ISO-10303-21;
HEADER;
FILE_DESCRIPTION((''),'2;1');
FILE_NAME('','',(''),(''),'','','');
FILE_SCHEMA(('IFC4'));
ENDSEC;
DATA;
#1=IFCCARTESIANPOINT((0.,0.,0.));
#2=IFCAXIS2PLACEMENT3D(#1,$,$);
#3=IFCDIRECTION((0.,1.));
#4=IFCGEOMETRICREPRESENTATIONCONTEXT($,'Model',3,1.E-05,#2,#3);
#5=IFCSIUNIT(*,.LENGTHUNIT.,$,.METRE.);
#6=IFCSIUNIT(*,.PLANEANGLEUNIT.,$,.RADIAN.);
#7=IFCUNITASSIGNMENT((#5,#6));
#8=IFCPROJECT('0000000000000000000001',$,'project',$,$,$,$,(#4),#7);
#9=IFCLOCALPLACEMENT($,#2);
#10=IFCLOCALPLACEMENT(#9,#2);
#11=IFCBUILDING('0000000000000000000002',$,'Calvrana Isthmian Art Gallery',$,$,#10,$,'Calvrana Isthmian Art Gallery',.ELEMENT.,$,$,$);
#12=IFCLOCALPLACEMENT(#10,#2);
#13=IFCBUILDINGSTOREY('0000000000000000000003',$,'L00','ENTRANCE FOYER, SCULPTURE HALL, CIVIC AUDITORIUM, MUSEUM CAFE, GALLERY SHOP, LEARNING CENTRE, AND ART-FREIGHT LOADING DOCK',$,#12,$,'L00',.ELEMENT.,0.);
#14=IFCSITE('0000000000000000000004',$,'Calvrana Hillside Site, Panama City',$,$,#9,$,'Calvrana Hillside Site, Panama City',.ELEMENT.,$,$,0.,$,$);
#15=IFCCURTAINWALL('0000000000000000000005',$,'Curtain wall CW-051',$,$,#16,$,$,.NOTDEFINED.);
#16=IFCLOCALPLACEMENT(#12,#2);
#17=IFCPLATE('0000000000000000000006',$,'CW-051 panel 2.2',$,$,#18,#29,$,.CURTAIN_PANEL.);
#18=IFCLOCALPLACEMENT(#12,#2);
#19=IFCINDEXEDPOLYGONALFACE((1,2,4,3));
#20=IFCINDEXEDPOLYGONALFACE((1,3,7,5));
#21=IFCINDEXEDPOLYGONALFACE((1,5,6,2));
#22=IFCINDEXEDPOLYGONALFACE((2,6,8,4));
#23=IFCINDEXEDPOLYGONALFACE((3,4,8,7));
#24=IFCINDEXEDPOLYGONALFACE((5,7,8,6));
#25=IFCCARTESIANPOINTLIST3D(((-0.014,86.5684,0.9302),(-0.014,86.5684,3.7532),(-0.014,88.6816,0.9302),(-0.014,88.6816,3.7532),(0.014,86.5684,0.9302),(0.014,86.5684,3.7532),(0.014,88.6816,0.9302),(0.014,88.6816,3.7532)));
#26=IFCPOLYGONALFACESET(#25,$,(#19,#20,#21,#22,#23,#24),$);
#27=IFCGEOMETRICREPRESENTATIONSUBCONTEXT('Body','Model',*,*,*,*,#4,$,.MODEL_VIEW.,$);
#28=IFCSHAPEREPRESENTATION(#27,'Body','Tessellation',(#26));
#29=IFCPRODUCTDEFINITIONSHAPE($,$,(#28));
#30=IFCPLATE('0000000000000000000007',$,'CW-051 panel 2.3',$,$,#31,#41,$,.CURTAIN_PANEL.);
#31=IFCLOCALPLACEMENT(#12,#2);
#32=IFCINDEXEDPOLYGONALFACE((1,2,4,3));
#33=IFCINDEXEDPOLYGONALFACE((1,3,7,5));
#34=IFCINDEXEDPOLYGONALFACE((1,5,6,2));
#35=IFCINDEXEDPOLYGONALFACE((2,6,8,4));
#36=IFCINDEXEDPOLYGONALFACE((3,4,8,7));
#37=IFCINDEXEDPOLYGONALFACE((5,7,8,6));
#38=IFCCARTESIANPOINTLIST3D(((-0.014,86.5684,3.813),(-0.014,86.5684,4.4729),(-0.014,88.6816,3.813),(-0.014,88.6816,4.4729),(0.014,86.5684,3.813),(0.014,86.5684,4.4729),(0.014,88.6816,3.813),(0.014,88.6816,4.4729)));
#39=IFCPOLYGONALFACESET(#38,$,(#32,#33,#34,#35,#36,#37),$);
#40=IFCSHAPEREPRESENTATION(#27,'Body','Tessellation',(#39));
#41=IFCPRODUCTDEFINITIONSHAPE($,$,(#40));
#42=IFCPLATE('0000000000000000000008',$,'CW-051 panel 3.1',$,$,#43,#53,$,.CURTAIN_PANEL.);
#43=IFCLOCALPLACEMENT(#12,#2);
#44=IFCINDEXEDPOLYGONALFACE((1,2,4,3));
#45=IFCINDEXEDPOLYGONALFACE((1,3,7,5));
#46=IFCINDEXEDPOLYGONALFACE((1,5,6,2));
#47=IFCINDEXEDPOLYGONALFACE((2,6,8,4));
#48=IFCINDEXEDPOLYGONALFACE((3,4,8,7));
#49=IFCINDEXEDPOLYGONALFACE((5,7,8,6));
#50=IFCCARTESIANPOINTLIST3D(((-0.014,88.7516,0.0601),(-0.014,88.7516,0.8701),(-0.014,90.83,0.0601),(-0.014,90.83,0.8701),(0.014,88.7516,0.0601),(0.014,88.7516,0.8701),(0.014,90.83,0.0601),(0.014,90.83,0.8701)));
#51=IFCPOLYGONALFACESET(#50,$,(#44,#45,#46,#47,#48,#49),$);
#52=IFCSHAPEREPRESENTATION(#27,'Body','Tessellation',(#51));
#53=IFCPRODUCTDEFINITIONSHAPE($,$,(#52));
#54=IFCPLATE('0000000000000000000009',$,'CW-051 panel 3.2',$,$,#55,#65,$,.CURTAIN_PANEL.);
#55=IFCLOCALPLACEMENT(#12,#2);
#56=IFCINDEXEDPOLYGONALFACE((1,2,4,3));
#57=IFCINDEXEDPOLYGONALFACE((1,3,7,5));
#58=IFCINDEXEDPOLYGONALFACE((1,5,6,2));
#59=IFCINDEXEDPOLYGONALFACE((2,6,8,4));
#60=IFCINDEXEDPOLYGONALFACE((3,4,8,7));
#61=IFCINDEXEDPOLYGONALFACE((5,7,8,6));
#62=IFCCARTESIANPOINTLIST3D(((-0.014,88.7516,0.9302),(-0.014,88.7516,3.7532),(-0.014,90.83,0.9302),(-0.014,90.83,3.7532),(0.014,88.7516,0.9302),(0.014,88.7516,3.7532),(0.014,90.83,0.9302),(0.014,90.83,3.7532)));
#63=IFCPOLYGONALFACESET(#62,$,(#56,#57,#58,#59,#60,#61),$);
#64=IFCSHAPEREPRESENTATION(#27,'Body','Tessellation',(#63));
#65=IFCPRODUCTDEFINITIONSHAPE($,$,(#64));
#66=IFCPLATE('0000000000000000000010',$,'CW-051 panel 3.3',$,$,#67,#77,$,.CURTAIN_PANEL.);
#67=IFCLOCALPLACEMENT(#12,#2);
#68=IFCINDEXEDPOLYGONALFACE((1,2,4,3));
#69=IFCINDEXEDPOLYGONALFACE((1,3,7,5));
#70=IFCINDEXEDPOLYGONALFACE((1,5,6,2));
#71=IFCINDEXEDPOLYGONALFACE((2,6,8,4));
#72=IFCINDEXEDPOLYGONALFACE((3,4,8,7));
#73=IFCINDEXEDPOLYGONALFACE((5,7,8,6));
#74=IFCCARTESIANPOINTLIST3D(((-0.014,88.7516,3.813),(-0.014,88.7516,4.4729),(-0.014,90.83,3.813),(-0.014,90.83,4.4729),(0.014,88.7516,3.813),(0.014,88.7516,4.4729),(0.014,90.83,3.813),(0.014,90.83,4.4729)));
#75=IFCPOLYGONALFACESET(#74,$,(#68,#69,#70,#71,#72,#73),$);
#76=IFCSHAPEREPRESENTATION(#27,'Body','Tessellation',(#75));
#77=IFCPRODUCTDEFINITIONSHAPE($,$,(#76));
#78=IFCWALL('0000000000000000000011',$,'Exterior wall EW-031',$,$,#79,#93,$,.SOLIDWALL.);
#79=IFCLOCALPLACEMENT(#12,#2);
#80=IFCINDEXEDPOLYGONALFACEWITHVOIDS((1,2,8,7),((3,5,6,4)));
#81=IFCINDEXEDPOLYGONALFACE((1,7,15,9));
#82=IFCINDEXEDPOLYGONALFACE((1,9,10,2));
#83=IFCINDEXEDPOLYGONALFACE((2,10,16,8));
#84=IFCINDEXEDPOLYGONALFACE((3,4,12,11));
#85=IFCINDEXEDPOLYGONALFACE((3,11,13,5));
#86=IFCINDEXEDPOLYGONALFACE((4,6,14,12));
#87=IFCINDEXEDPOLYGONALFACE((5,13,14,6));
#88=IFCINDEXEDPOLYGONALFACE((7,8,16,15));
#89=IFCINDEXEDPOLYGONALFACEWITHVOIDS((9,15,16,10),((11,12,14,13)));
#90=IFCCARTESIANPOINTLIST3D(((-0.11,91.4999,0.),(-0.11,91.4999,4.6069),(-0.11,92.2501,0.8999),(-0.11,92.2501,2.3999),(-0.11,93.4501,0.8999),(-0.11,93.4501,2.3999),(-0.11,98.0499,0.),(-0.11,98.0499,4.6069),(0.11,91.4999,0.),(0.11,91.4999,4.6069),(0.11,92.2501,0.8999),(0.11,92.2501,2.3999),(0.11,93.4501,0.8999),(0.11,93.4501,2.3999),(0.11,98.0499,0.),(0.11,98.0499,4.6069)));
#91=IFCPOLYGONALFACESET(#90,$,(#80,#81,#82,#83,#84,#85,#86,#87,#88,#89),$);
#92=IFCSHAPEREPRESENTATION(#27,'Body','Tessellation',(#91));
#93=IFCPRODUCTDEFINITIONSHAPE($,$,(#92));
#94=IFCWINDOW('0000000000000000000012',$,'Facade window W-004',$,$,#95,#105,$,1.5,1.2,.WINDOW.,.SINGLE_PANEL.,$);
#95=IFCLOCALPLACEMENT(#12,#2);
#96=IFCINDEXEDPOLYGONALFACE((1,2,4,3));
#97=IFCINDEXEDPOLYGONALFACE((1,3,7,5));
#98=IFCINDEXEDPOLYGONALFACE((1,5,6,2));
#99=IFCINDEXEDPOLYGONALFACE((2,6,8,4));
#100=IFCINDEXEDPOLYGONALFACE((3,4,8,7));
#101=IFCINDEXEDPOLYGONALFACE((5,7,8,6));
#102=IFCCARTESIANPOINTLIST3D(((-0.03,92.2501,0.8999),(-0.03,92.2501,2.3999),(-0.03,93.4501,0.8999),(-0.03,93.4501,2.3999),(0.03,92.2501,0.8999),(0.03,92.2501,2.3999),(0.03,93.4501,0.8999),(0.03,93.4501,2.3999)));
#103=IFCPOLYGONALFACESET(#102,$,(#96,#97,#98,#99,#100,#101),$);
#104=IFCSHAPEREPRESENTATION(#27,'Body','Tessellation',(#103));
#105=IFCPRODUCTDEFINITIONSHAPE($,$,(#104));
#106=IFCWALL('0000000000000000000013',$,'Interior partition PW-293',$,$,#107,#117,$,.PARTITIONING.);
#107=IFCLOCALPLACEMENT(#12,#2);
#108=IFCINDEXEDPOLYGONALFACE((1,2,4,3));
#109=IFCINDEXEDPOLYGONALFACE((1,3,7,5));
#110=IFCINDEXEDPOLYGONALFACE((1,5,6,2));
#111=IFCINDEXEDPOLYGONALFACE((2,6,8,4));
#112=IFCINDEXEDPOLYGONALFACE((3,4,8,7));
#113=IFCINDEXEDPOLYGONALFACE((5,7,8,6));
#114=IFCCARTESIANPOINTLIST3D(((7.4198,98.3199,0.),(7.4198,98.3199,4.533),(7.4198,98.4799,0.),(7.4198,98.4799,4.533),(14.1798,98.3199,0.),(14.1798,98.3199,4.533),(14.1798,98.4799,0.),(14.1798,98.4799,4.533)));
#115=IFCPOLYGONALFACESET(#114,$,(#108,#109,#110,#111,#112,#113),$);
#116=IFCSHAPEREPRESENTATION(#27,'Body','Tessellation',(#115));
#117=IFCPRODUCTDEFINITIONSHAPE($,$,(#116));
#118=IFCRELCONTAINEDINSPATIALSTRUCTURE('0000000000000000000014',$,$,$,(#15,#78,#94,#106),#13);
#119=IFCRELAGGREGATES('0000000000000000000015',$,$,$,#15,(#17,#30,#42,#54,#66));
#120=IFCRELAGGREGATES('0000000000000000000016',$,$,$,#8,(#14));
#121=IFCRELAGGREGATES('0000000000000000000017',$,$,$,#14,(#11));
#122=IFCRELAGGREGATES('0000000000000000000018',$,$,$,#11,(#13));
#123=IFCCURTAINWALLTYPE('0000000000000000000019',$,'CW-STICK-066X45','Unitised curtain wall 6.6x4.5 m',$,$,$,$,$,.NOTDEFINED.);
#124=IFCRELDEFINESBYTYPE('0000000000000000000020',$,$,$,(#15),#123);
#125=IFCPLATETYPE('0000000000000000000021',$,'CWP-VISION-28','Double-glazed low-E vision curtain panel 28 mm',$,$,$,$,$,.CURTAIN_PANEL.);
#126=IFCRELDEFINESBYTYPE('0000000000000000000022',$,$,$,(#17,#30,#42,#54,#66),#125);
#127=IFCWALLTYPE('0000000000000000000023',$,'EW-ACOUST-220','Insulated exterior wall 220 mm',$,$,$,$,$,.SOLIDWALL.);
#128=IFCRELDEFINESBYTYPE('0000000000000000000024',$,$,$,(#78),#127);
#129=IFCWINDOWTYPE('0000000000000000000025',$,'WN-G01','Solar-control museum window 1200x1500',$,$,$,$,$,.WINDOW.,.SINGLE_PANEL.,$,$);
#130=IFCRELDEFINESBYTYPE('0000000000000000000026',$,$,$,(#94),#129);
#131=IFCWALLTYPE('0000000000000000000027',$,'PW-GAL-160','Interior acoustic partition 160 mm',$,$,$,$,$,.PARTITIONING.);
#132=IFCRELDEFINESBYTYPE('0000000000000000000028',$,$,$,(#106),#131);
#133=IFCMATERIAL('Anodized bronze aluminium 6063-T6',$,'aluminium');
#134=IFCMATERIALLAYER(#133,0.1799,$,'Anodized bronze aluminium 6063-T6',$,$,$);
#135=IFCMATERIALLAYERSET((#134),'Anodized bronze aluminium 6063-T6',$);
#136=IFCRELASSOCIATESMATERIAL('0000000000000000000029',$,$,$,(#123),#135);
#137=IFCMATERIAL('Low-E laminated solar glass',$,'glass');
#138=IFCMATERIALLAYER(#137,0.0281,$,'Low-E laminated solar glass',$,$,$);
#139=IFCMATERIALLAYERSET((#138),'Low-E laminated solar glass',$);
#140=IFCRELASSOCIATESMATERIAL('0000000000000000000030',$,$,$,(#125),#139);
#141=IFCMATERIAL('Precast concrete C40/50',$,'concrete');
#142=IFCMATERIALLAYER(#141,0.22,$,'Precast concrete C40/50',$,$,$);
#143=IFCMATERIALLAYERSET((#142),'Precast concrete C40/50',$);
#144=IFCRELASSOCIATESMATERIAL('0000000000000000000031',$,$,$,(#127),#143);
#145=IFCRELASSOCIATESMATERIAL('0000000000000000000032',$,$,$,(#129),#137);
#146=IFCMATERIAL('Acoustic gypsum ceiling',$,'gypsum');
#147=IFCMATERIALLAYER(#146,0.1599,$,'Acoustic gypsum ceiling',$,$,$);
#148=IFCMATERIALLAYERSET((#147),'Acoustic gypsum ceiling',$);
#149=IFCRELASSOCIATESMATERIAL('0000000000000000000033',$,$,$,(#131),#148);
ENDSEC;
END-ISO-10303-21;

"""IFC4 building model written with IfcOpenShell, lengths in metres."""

from ifc_helpers import new_model, si_unit, direction, frame, frame_2d, origin, origin_2d, place, context, subcontext, project, spatial, rectangle, extrude, material, layer, layer_set, type_object, element, fill, aggregate, save


model = new_model("IFC4")

# Units and contexts
model_context = context("Model", 3, precision=1e-05, world=origin(), true_north=direction((0.0, 1.0)))
body_context = subcontext(model_context, "Body", "Model", "MODEL_VIEW")
ifc_project = project(units=[si_unit("LENGTHUNIT", "METRE"), si_unit("PLANEANGLEUNIT", "RADIAN")], contexts=[model_context])

# Site, building, storey
site_placement = place(None, origin())
site = spatial("IfcSite", under=ifc_project, at=site_placement, Name="Calvrana Hillside Site, Panama City", LongName="Calvrana Hillside Site, Panama City", CompositionType="ELEMENT", RefElevation=0.0)
building_placement = place(site_placement, origin())
building = spatial("IfcBuilding", under=site, at=building_placement, Name="Calvrana Isthmian Art Gallery", LongName="Calvrana Isthmian Art Gallery", CompositionType="ELEMENT")
storey_placement = place(building_placement, origin())
storey = spatial("IfcBuildingStorey", under=building, at=storey_placement, Name="L00", Description="ENTRANCE FOYER, SCULPTURE HALL, CIVIC AUDITORIUM, MUSEUM CAFE, GALLERY SHOP, LEARNING CENTRE, AND ART-FREIGHT LOADING DOCK", LongName="L00", CompositionType="ELEMENT", Elevation=0.0)

# Curtain wall, plates
ifc_material_1 = material(Name="Anodized bronze aluminium 6063-T6", Category="aluminium")
ifc_layer_1 = layer(ifc_material_1, 0.1799, Name="Anodized bronze aluminium 6063-T6")
ifc_layer_set_1 = layer_set([ifc_layer_1], Name="Anodized bronze aluminium 6063-T6")
curtain_wall_type = type_object("IfcCurtainWallType", Name="CW-STICK-066X45", Description="Unitised curtain wall 6.6x4.5 m", PredefinedType="NOTDEFINED", material=ifc_layer_set_1)
curtain_wall_placement = place(storey_placement, origin())
curtain_wall = element("IfcCurtainWall", 1, at=curtain_wall_placement, inside=storey, type_object=curtain_wall_type, Name="Curtain wall CW-051", PredefinedType="NOTDEFINED")
ifc_material_2 = material(Name="Low-E laminated solar glass", Category="glass")
ifc_layer_2 = layer(ifc_material_2, 0.0281, Name="Low-E laminated solar glass")
ifc_layer_set_2 = layer_set([ifc_layer_2], Name="Low-E laminated solar glass")
plate_type = type_object("IfcPlateType", Name="CWP-VISION-28", Description="Double-glazed low-E vision curtain panel 28 mm", PredefinedType="CURTAIN_PANEL", material=ifc_layer_set_2)
plate_1_placement = place(storey_placement, frame((0.0, 87.625, 0.9302), z_axis=(0.0, 0.0, 1.0), x_axis=(0.0, 1.0, 0.0)))
plate_1 = element("IfcPlate", 2, at=plate_1_placement, type_object=plate_type, Name="CW-051 panel 2.2", PredefinedType="CURTAIN_PANEL", context=body_context, shape_type="SweptSolid", body=[
    extrude(rectangle(XDim=2.1133, YDim=0.0281, at=origin_2d()), origin(), (0.0, 0.0, 1.0), 2.823),
])
plate_2_placement = place(storey_placement, frame((0.0, 87.625, 3.813), z_axis=(0.0, 0.0, 1.0), x_axis=(0.0, 1.0, 0.0)))
plate_2 = element("IfcPlate", 3, at=plate_2_placement, type_object=plate_type, Name="CW-051 panel 2.3", PredefinedType="CURTAIN_PANEL", context=body_context, shape_type="SweptSolid", body=[
    extrude(rectangle(XDim=2.1133, YDim=0.0281, at=origin_2d()), origin(), (0.0, 0.0, 1.0), 0.6599),
])
plate_3_placement = place(storey_placement, frame((0.0, 89.7908, 0.0601), z_axis=(0.0, 0.0, 1.0), x_axis=(0.0, 1.0, 0.0)))
plate_3 = element("IfcPlate", 4, at=plate_3_placement, type_object=plate_type, Name="CW-051 panel 3.1", PredefinedType="CURTAIN_PANEL", context=body_context, shape_type="SweptSolid", body=[
    extrude(rectangle(XDim=2.0784, YDim=0.0281, at=origin_2d()), origin(), (0.0, 0.0, 1.0), 0.8101),
])
plate_4_placement = place(storey_placement, frame((0.0, 89.7908, 0.9302), z_axis=(0.0, 0.0, 1.0), x_axis=(0.0, 1.0, 0.0)))
plate_4 = element("IfcPlate", 5, at=plate_4_placement, type_object=plate_type, Name="CW-051 panel 3.2", PredefinedType="CURTAIN_PANEL", context=body_context, shape_type="SweptSolid", body=[
    extrude(rectangle(XDim=2.0784, YDim=0.0281, at=origin_2d()), origin(), (0.0, 0.0, 1.0), 2.823),
])
plate_5_placement = place(storey_placement, frame((0.0, 89.7908, 3.813), z_axis=(0.0, 0.0, 1.0), x_axis=(0.0, 1.0, 0.0)))
plate_5 = element("IfcPlate", 6, at=plate_5_placement, type_object=plate_type, Name="CW-051 panel 3.3", PredefinedType="CURTAIN_PANEL", context=body_context, shape_type="SweptSolid", body=[
    extrude(rectangle(XDim=2.0784, YDim=0.0281, at=origin_2d()), origin(), (0.0, 0.0, 1.0), 0.6599),
])
aggregate(curtain_wall, [plate_1, plate_2, plate_3, plate_4, plate_5])

# Wall, opening, window
ifc_material_3 = material(Name="Precast concrete C40/50", Category="concrete")
ifc_layer_3 = layer(ifc_material_3, 0.22, Name="Precast concrete C40/50")
ifc_layer_set_3 = layer_set([ifc_layer_3], Name="Precast concrete C40/50")
wall_type_1 = type_object("IfcWallType", Name="EW-ACOUST-220", Description="Insulated exterior wall 220 mm", PredefinedType="SOLIDWALL", material=ifc_layer_set_3)
wall_1_placement = place(storey_placement, frame((0.0, 91.5, 0.0), z_axis=(0.0, 0.0, 1.0), x_axis=(0.0, 1.0, 0.0)))
wall_1 = element("IfcWall", 7, at=wall_1_placement, inside=storey, type_object=wall_type_1, Name="Exterior wall EW-031", PredefinedType="SOLIDWALL", context=body_context, shape_type="SweptSolid", body=[
    extrude(rectangle(XDim=6.55, YDim=0.22, at=frame_2d((3.2749, 0.0))), origin(), (0.0, 0.0, 1.0), 4.6069),
])
opening_placement = place(wall_1_placement, frame((0.75, 0.0, 0.8999)))
opening = element("IfcOpeningElement", 8, at=opening_placement, cuts=wall_1, PredefinedType="OPENING", context=body_context, shape_type="SweptSolid", body=[
    extrude(rectangle(XDim=1.2, YDim=1.5, at=frame_2d((0.6001, 0.75))), frame((0.0, 0.1201, 0.0), z_axis=(0.0, -1.0, 0.0), x_axis=(1.0, 0.0, 0.0)), (0.0, 0.0, 1.0), 0.2405),
])
window_type = type_object("IfcWindowType", Name="WN-G01", Description="Solar-control museum window 1200x1500", PartitioningType="SINGLE_PANEL", PredefinedType="WINDOW", material=ifc_material_2)
window_placement = place(opening_placement, origin())
window = element("IfcWindow", 9, at=window_placement, inside=storey, type_object=window_type, Name="Facade window W-004", OverallHeight=1.5, OverallWidth=1.2, PartitioningType="SINGLE_PANEL", PredefinedType="WINDOW", context=body_context, shape_type="SweptSolid", body=[
    extrude(rectangle(XDim=1.2, YDim=1.5, at=frame_2d((0.6001, 0.75))), frame((0.0, 0.03, 0.0), z_axis=(0.0, -1.0, 0.0), x_axis=(1.0, 0.0, 0.0)), (0.0, 0.0, 1.0), 0.0601),
])
fill(opening, window)

# Wall
ifc_material_4 = material(Name="Acoustic gypsum ceiling", Category="gypsum")
ifc_layer_4 = layer(ifc_material_4, 0.1599, Name="Acoustic gypsum ceiling")
ifc_layer_set_4 = layer_set([ifc_layer_4], Name="Acoustic gypsum ceiling")
wall_type_2 = type_object("IfcWallType", Name="PW-GAL-160", Description="Interior acoustic partition 160 mm", PredefinedType="PARTITIONING", material=ifc_layer_set_4)
wall_2_placement = place(storey_placement, frame((7.4199, 98.3999, 0.0), z_axis=(0.0, 0.0, 1.0), x_axis=(1.0, 0.0, 0.0)))
element("IfcWall", 10, at=wall_2_placement, inside=storey, type_object=wall_type_2, Name="Interior partition PW-293", PredefinedType="PARTITIONING", context=body_context, shape_type="SweptSolid", body=[
    extrude(rectangle(XDim=6.76, YDim=0.1599, at=frame_2d((3.3799, 0.0))), origin(), (0.0, 0.0, 1.0), 4.533),
])

save(model, "model.ifc")
